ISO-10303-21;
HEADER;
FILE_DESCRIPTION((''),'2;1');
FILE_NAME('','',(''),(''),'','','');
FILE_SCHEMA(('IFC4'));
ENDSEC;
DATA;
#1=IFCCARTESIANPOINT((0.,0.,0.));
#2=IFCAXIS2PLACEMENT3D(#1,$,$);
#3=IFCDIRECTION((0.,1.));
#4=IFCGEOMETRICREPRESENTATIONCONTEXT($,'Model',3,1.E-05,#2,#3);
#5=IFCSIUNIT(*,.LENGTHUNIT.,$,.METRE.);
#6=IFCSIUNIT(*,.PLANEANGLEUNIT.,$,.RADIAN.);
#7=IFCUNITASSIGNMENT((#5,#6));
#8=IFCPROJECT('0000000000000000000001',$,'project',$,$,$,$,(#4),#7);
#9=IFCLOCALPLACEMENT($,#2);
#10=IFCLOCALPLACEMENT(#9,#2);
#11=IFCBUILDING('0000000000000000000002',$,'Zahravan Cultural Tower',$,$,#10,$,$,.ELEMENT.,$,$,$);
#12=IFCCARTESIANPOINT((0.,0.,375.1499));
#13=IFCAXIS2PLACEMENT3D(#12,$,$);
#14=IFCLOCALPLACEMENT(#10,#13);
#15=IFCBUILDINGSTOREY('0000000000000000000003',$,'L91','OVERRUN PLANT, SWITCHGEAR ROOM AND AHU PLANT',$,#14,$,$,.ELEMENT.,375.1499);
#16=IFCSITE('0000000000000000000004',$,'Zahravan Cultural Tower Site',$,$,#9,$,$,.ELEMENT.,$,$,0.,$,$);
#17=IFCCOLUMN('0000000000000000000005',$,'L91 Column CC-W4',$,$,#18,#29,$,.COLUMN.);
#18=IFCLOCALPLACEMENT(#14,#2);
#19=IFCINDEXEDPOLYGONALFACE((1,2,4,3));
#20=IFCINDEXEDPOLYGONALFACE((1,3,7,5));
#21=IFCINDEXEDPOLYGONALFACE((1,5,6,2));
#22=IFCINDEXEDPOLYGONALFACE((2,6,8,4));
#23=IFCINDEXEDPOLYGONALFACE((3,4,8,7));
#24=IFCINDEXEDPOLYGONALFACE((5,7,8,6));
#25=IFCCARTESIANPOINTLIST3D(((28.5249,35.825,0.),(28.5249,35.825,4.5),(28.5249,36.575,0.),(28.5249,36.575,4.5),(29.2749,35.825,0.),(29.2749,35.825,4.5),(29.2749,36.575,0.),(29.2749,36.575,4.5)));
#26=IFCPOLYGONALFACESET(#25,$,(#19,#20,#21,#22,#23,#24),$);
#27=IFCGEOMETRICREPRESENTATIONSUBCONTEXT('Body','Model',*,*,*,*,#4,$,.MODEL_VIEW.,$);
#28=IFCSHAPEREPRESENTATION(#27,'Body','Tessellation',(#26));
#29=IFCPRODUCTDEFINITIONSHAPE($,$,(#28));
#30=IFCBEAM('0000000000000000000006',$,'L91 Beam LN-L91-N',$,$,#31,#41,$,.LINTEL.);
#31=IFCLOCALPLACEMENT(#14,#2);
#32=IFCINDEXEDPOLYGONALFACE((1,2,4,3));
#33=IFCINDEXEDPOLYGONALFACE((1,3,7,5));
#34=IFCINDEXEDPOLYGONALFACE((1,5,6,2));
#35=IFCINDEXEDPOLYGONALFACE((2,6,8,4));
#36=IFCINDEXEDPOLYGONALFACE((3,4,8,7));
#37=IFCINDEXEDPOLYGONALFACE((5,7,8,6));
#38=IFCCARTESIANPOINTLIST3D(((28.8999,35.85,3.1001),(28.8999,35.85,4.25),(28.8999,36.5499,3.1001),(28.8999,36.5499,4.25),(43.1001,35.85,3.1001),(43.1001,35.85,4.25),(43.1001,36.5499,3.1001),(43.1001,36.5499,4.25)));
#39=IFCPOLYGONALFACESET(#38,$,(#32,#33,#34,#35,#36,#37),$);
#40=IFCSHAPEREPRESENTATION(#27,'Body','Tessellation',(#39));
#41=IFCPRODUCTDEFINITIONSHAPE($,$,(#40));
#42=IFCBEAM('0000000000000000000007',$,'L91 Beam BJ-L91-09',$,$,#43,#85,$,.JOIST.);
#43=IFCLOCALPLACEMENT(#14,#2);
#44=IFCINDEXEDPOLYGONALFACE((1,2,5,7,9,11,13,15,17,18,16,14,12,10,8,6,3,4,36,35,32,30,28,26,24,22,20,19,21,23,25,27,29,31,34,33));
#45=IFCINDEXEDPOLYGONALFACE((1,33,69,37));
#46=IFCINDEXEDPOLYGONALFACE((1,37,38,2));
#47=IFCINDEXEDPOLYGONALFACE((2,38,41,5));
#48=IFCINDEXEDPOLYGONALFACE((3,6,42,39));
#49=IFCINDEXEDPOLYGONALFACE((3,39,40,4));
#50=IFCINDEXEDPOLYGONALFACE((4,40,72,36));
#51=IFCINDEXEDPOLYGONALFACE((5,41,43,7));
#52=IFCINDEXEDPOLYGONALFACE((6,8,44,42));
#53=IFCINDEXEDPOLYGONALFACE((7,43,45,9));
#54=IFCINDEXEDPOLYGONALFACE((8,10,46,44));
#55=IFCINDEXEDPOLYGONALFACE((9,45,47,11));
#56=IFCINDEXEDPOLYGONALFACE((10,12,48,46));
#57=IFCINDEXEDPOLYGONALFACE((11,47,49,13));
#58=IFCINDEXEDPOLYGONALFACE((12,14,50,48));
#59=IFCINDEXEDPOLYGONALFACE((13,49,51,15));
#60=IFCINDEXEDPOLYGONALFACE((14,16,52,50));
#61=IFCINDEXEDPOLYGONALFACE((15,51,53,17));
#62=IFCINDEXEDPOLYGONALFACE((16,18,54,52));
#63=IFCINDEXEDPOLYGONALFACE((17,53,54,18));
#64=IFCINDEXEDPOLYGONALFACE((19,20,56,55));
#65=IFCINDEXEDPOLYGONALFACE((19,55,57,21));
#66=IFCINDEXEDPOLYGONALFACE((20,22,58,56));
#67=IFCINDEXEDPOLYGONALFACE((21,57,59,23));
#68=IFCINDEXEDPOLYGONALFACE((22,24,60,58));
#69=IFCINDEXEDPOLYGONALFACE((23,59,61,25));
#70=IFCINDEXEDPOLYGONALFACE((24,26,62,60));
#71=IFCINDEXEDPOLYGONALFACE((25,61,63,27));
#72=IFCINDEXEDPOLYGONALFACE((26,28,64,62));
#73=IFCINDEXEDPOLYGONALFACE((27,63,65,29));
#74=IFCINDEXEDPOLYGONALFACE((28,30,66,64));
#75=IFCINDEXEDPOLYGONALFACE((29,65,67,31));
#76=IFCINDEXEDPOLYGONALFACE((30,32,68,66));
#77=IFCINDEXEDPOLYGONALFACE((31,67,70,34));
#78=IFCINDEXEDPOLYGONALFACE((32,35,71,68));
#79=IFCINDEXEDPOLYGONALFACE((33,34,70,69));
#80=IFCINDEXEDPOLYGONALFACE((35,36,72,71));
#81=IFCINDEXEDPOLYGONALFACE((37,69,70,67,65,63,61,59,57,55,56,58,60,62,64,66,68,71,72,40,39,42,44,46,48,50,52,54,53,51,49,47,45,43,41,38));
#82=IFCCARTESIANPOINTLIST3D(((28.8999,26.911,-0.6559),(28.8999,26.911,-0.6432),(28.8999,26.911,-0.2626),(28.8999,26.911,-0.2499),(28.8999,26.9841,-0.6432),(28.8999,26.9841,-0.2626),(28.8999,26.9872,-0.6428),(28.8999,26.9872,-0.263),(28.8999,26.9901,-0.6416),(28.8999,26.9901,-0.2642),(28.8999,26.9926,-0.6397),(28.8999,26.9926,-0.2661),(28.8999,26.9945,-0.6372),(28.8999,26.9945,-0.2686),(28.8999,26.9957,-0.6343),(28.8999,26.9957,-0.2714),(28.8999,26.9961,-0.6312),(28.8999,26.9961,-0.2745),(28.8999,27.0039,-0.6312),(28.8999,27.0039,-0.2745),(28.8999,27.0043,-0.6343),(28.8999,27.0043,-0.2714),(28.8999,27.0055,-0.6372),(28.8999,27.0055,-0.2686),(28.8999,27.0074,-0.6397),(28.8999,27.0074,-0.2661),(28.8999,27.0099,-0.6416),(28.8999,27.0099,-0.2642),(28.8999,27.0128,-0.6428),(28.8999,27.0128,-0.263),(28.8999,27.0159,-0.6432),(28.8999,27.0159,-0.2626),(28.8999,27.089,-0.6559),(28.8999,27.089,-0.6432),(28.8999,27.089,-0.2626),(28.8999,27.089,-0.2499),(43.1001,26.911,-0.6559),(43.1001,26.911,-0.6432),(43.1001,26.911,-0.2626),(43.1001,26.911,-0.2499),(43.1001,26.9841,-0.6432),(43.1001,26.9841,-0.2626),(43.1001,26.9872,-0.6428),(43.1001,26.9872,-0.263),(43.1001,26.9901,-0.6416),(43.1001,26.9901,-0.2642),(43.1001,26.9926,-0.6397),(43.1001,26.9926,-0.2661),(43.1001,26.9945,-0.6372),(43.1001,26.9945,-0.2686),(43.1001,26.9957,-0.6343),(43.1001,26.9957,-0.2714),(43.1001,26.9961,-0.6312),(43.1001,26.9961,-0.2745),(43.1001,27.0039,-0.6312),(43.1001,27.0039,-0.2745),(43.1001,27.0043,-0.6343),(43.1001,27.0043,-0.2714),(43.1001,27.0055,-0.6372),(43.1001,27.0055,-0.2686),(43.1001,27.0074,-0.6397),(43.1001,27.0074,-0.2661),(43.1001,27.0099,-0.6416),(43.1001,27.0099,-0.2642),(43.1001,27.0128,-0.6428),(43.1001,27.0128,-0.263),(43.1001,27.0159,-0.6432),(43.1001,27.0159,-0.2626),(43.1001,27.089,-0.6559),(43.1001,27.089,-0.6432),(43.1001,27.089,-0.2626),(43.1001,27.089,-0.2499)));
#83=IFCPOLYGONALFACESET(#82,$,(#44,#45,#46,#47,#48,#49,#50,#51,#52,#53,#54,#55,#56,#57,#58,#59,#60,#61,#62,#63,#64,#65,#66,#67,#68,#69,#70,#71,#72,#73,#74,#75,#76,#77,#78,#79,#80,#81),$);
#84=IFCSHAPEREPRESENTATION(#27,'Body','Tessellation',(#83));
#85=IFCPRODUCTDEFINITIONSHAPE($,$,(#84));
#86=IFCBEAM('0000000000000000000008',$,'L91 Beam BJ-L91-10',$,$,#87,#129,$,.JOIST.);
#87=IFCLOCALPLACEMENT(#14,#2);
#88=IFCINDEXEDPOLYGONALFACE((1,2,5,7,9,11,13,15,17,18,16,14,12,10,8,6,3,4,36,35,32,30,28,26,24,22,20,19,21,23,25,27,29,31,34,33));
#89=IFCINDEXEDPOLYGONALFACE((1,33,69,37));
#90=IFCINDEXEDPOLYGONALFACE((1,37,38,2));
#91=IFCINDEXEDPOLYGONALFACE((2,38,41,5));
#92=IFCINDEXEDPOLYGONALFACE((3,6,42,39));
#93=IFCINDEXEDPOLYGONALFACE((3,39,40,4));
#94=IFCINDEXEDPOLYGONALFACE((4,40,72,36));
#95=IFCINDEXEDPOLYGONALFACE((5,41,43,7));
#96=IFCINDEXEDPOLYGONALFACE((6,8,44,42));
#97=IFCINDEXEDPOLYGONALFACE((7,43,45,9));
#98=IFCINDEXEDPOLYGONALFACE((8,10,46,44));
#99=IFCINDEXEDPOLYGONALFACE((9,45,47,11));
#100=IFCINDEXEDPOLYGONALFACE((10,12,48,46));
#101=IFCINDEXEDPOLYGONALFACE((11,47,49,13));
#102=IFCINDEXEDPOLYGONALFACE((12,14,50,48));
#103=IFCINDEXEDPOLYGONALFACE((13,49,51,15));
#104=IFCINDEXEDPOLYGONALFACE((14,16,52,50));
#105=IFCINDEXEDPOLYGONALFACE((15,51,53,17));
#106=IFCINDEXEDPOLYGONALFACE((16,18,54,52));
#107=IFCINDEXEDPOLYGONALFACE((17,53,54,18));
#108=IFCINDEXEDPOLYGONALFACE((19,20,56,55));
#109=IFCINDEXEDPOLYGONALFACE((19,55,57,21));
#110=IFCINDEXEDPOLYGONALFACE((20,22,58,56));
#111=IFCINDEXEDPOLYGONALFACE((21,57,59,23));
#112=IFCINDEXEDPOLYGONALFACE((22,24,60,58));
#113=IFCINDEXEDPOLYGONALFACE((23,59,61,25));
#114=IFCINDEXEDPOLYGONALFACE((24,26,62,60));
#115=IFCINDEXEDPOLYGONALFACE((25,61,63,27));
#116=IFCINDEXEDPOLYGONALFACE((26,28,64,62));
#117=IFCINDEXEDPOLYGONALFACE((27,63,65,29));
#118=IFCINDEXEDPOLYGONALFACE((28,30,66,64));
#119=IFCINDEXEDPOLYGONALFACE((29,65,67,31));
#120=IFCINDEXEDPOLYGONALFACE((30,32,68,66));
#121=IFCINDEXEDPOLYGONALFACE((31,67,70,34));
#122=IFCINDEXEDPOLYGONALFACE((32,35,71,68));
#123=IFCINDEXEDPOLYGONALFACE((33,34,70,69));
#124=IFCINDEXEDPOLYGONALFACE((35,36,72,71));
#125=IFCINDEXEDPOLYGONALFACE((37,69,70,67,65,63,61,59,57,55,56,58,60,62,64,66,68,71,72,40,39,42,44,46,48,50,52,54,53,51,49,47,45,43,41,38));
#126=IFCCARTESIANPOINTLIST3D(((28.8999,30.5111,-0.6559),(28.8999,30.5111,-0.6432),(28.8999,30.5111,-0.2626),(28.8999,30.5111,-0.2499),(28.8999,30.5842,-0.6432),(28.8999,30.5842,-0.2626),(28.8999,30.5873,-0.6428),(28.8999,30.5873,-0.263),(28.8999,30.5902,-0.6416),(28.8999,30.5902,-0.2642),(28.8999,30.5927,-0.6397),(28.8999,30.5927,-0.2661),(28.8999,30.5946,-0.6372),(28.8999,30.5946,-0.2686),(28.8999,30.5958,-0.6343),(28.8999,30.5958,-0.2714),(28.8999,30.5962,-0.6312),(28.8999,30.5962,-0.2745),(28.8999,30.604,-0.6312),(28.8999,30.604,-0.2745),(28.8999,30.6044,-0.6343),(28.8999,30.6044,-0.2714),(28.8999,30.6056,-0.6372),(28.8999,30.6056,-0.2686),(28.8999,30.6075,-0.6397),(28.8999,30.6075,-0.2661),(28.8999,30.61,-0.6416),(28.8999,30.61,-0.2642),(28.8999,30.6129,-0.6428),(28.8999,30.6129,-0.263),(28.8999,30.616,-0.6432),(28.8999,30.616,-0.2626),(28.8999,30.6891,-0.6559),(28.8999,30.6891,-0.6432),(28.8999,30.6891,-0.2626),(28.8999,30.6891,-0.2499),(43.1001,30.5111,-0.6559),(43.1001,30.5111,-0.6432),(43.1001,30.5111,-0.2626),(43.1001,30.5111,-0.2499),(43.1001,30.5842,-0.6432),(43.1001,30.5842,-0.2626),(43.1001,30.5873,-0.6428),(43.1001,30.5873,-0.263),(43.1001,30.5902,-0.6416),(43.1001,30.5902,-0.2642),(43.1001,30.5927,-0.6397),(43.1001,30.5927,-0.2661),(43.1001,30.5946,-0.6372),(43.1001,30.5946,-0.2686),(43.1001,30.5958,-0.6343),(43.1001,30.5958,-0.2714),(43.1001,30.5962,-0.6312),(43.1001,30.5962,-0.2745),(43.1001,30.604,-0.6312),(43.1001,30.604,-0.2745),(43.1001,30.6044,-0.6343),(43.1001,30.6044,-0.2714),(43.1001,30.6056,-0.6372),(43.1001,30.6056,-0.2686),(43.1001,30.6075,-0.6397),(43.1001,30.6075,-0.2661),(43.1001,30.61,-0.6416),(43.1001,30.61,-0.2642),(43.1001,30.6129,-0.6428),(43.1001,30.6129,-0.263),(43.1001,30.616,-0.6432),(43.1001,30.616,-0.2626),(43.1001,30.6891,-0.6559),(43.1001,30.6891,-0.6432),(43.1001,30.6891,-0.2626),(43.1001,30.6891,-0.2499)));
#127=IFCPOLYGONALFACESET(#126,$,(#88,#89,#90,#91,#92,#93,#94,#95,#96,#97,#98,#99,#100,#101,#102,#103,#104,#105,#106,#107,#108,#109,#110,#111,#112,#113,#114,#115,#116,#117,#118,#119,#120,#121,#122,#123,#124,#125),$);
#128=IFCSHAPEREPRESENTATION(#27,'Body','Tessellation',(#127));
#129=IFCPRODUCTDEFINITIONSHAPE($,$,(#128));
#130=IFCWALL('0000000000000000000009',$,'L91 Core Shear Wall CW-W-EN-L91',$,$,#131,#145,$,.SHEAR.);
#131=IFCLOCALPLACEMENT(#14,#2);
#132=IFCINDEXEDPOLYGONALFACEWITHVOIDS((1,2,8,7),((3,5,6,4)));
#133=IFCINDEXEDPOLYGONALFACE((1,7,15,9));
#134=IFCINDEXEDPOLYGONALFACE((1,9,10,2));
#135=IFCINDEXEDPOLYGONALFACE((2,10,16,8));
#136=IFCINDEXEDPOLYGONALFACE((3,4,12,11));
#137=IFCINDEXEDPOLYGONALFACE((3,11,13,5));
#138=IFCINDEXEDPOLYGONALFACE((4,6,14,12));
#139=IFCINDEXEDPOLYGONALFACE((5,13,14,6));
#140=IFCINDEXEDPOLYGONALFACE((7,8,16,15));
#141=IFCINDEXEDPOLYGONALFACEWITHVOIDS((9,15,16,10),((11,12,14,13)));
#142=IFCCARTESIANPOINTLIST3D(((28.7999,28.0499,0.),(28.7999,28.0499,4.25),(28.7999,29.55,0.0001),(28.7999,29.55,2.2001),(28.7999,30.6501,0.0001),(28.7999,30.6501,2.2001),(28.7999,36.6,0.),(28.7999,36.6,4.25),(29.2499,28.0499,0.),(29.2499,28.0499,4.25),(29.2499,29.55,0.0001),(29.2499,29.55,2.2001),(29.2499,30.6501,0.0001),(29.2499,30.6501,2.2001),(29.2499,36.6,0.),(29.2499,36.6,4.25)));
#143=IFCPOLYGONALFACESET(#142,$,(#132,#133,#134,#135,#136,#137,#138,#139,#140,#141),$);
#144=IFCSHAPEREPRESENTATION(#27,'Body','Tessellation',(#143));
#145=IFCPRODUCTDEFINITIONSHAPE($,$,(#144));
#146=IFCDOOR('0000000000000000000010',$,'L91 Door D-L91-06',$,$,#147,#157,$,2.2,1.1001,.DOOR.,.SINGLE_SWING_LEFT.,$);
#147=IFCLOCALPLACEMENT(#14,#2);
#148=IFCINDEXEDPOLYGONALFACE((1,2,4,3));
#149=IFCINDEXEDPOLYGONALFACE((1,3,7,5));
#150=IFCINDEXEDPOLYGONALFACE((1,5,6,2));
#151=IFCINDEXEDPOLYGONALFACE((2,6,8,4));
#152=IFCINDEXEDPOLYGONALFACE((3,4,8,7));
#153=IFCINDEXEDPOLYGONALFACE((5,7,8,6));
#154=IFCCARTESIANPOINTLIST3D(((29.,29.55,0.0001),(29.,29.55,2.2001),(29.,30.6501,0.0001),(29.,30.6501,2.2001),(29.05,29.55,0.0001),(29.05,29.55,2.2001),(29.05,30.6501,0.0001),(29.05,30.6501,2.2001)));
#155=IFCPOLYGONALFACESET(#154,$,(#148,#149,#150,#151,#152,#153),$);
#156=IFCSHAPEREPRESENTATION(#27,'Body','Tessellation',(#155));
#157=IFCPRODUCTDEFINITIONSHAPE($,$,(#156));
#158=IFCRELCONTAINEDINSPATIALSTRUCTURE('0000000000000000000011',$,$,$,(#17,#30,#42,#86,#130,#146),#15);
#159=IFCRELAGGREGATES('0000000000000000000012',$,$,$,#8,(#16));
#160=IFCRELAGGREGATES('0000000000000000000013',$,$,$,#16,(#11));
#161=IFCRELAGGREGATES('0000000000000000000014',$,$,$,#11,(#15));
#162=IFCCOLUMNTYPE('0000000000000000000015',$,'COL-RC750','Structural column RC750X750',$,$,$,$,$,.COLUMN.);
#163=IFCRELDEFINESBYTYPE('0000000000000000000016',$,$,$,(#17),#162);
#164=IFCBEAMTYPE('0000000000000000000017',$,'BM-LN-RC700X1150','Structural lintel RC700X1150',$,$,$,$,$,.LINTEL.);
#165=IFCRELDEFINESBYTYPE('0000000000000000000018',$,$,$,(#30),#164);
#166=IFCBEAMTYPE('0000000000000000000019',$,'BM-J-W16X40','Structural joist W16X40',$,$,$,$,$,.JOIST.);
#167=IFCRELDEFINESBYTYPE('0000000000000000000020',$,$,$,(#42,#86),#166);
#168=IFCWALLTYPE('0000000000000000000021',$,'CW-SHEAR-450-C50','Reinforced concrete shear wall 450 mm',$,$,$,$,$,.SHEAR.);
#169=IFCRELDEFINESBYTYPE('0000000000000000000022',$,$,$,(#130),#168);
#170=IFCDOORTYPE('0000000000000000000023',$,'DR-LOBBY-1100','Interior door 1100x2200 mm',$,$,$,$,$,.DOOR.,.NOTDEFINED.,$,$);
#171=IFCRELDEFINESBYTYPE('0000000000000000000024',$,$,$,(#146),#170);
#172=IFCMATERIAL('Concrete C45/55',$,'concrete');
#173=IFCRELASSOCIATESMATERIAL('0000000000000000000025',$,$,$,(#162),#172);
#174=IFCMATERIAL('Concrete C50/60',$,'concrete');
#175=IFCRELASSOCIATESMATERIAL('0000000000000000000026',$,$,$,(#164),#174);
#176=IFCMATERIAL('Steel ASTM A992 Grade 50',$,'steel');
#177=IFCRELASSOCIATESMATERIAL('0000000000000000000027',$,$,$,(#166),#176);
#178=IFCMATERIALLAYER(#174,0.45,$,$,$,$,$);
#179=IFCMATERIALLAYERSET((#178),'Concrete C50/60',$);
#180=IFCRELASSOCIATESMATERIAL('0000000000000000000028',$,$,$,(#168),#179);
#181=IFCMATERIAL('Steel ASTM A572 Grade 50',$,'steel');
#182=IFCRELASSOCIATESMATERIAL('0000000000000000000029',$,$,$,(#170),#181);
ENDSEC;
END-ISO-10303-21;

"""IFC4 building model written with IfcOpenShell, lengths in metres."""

from ifc_helpers import new_model, si_unit, direction, frame, frame_2d, origin, origin_2d, place, context, subcontext, project, spatial, rectangle, i_section, extrude, source, transform, mapped, material, layer, layer_set, material_profile, profile_set, type_object, element, fill, save


model = new_model("IFC4")

# Units and contexts
model_context = context("Model", 3, precision=1e-05, world=origin(), true_north=direction((0.0, 1.0)))
body_context = subcontext(model_context, "Body", "Model", "MODEL_VIEW")
ifc_project = project(units=[si_unit("LENGTHUNIT", "METRE"), si_unit("PLANEANGLEUNIT", "RADIAN")], contexts=[model_context])

# Site, building, storey
site_placement = place(None, origin())
site = spatial("IfcSite", under=ifc_project, at=site_placement, Name="Zahravan Cultural Tower Site", CompositionType="ELEMENT", RefElevation=0.0)
building_placement = place(site_placement, origin())
building = spatial("IfcBuilding", under=site, at=building_placement, Name="Zahravan Cultural Tower", CompositionType="ELEMENT")
storey_placement = place(building_placement, frame((0.0, 0.0, 375.1499)))
storey = spatial("IfcBuildingStorey", under=building, at=storey_placement, Name="L91", Description="OVERRUN PLANT, SWITCHGEAR ROOM AND AHU PLANT", CompositionType="ELEMENT", Elevation=375.1499)

# Column
ifc_material_1 = material(Name="Concrete C45/55", Category="concrete")
ifc_material_profile_1 = material_profile(ifc_material_1, rectangle(XDim=0.75, YDim=0.75, at=origin_2d()), Name="RC750X750")
ifc_profile_set_1 = profile_set([ifc_material_profile_1], Name="Concrete C45/55")
column_type = type_object("IfcColumnType", Name="COL-RC750", Description="Structural column RC750X750", PredefinedType="COLUMN", material=ifc_profile_set_1)
shared_shape_1 = source(origin(), body_context, "Body", "SweptSolid", [
    extrude(rectangle(XDim=0.75, YDim=0.75, at=origin_2d()), origin(), (0.0, 0.0, 1.0), 4.5),
])
column_placement = place(storey_placement, frame((28.8999, 36.2, 0.0), z_axis=(0.0, 0.0, 1.0), x_axis=(1.0, 0.0, 0.0)))
element("IfcColumn", 1, at=column_placement, inside=storey, type_object=column_type, Name="L91 Column CC-W4", PredefinedType="COLUMN", context=body_context, shape_type="MappedRepresentation", body=[
    mapped(shared_shape_1, transform((0.0, 0.0, 0.0), x_axis=(1.0, 0.0, 0.0), y_axis=(0.0, 1.0, 0.0), z_axis=(0.0, 0.0, 1.0), scale=1.0)),
])

# Beams
ifc_material_2 = material(Name="Concrete C50/60", Category="concrete")
ifc_material_profile_2 = material_profile(ifc_material_2, rectangle(XDim=0.7, YDim=1.1499, at=origin_2d()), Name="RC700X1150")
ifc_profile_set_2 = profile_set([ifc_material_profile_2], Name="Concrete C50/60")
beam_type_1 = type_object("IfcBeamType", Name="BM-LN-RC700X1150", Description="Structural lintel RC700X1150", PredefinedType="LINTEL", material=ifc_profile_set_2)
shared_shape_2 = source(origin(), body_context, "Body", "SweptSolid", [
    extrude(rectangle(XDim=0.7, YDim=1.1499, at=origin_2d()), origin(), (0.0, 0.0, 1.0), 14.2002),
])
beam_placement = place(storey_placement, frame((28.8999, 36.2, 3.675), z_axis=(1.0, 0.0, 0.0), x_axis=(0.0, 1.0, 0.0)))
element("IfcBeam", 2, at=beam_placement, inside=storey, type_object=beam_type_1, Name="L91 Beam LN-L91-N", PredefinedType="LINTEL", context=body_context, shape_type="MappedRepresentation", body=[
    mapped(shared_shape_2, transform((0.0, 0.0, 0.0), x_axis=(1.0, 0.0, 0.0), y_axis=(0.0, 1.0, 0.0), z_axis=(0.0, 0.0, 1.0), scale=1.0)),
])
ifc_material_3 = material(Name="Steel ASTM A992 Grade 50", Category="steel")
ifc_material_profile_3 = material_profile(ifc_material_3, i_section(OverallWidth=0.178, OverallDepth=0.406, WebThickness=0.0078, FlangeThickness=0.0127, FilletRadius=0.012, at=origin_2d()), Name="W16X40")
ifc_profile_set_3 = profile_set([ifc_material_profile_3], Name="Steel ASTM A992 Grade 50")
beam_type_2 = type_object("IfcBeamType", Name="BM-J-W16X40", Description="Structural joist W16X40", PredefinedType="JOIST", material=ifc_profile_set_3)
shared_shape_3 = source(origin(), body_context, "Body", "SweptSolid", [
    extrude(i_section(OverallWidth=0.178, OverallDepth=0.406, WebThickness=0.0078, FlangeThickness=0.0127, FilletRadius=0.012, at=origin_2d()), origin(), (0.0, 0.0, 1.0), 14.2002),
])
for number, where, z_axis, x_axis, name in (
    (3, (28.8999, 27.0, -0.4529), (1.0, 0.0, 0.0), (0.0, 1.0, 0.0), "L91 Beam BJ-L91-09"),
    (4, (28.8999, 30.6001, -0.4529), (1.0, 0.0, 0.0), (0.0, 1.0, 0.0), "L91 Beam BJ-L91-10"),
):
    element("IfcBeam", number, at=place(storey_placement, frame(where, z_axis=z_axis, x_axis=x_axis)), inside=storey, type_object=beam_type_2, Name=name, PredefinedType="JOIST", context=body_context, shape_type="MappedRepresentation", body=[
        mapped(shared_shape_3, transform((0.0, 0.0, 0.0), x_axis=(1.0, 0.0, 0.0), y_axis=(0.0, 1.0, 0.0), z_axis=(0.0, 0.0, 1.0), scale=1.0)),
    ])

# Wall, opening, door
ifc_layer_1 = layer(ifc_material_2, 0.45)
ifc_layer_set_1 = layer_set([ifc_layer_1], Name="Concrete C50/60")
wall_type_1 = type_object("IfcWallType", Name="CW-SHEAR-450-C50", Description="Reinforced concrete shear wall 450 mm", PredefinedType="SHEAR", material=ifc_layer_set_1)
wall_1_placement = place(storey_placement, frame((29.0249, 28.05, 0.0), z_axis=(0.0, 0.0, 1.0), x_axis=(0.0, 1.0, 0.0)))
wall_1 = element("IfcWall", 5, at=wall_1_placement, inside=storey, type_object=wall_type_1, Name="L91 Core Shear Wall CW-W-EN-L91", PredefinedType="SHEAR", context=body_context, shape_type="SweptSolid", body=[
    extrude(rectangle(XDim=8.55, YDim=0.45, at=frame_2d((4.2749, 0.0))), origin(), (0.0, 0.0, 1.0), 4.25),
])
opening_1_placement = place(wall_1_placement, frame((1.5, 0.0, 0.0)))
opening_1 = element("IfcOpeningElement", 6, at=opening_1_placement, cuts=wall_1, PredefinedType="OPENING", context=body_context, shape_type="SweptSolid", body=[
    extrude(rectangle(XDim=1.1001, YDim=2.2, at=frame_2d((0.55, 1.1001))), frame((0.0, 0.2349, 0.0), z_axis=(0.0, -1.0, 0.0), x_axis=(1.0, 0.0, 0.0)), (0.0, 0.0, 1.0), 0.47),
])
ifc_material_4 = material(Name="Steel ASTM A572 Grade 50", Category="steel")
door_type_1 = type_object("IfcDoorType", Name="DR-LOBBY-1100", Description="Interior door 1100x2200 mm", OperationType="NOTDEFINED", PredefinedType="DOOR", material=ifc_material_4)
shared_shape_4 = source(origin(), body_context, "Body", "SweptSolid", [
    extrude(rectangle(XDim=1.1001, YDim=2.2, at=frame_2d((0.55, 1.1001))), frame((0.0, 0.0249, 0.0), z_axis=(0.0, -1.0, 0.0), x_axis=(1.0, 0.0, 0.0)), (0.0, 0.0, 1.0), 0.05),
])
door_1_placement = place(opening_1_placement, origin())
door_1 = element("IfcDoor", 7, at=door_1_placement, inside=storey, type_object=door_type_1, Name="L91 Door D-L91-06", OperationType="SINGLE_SWING_LEFT", OverallHeight=2.2, OverallWidth=1.1001, PredefinedType="DOOR", context=body_context, shape_type="MappedRepresentation", body=[
    mapped(shared_shape_4, transform((0.0, 0.0, 0.0), x_axis=(1.0, 0.0, 0.0), y_axis=(0.0, 1.0, 0.0), z_axis=(0.0, 0.0, 1.0), scale=1.0)),
])
fill(opening_1, door_1)

save(model, "model.ifc")
